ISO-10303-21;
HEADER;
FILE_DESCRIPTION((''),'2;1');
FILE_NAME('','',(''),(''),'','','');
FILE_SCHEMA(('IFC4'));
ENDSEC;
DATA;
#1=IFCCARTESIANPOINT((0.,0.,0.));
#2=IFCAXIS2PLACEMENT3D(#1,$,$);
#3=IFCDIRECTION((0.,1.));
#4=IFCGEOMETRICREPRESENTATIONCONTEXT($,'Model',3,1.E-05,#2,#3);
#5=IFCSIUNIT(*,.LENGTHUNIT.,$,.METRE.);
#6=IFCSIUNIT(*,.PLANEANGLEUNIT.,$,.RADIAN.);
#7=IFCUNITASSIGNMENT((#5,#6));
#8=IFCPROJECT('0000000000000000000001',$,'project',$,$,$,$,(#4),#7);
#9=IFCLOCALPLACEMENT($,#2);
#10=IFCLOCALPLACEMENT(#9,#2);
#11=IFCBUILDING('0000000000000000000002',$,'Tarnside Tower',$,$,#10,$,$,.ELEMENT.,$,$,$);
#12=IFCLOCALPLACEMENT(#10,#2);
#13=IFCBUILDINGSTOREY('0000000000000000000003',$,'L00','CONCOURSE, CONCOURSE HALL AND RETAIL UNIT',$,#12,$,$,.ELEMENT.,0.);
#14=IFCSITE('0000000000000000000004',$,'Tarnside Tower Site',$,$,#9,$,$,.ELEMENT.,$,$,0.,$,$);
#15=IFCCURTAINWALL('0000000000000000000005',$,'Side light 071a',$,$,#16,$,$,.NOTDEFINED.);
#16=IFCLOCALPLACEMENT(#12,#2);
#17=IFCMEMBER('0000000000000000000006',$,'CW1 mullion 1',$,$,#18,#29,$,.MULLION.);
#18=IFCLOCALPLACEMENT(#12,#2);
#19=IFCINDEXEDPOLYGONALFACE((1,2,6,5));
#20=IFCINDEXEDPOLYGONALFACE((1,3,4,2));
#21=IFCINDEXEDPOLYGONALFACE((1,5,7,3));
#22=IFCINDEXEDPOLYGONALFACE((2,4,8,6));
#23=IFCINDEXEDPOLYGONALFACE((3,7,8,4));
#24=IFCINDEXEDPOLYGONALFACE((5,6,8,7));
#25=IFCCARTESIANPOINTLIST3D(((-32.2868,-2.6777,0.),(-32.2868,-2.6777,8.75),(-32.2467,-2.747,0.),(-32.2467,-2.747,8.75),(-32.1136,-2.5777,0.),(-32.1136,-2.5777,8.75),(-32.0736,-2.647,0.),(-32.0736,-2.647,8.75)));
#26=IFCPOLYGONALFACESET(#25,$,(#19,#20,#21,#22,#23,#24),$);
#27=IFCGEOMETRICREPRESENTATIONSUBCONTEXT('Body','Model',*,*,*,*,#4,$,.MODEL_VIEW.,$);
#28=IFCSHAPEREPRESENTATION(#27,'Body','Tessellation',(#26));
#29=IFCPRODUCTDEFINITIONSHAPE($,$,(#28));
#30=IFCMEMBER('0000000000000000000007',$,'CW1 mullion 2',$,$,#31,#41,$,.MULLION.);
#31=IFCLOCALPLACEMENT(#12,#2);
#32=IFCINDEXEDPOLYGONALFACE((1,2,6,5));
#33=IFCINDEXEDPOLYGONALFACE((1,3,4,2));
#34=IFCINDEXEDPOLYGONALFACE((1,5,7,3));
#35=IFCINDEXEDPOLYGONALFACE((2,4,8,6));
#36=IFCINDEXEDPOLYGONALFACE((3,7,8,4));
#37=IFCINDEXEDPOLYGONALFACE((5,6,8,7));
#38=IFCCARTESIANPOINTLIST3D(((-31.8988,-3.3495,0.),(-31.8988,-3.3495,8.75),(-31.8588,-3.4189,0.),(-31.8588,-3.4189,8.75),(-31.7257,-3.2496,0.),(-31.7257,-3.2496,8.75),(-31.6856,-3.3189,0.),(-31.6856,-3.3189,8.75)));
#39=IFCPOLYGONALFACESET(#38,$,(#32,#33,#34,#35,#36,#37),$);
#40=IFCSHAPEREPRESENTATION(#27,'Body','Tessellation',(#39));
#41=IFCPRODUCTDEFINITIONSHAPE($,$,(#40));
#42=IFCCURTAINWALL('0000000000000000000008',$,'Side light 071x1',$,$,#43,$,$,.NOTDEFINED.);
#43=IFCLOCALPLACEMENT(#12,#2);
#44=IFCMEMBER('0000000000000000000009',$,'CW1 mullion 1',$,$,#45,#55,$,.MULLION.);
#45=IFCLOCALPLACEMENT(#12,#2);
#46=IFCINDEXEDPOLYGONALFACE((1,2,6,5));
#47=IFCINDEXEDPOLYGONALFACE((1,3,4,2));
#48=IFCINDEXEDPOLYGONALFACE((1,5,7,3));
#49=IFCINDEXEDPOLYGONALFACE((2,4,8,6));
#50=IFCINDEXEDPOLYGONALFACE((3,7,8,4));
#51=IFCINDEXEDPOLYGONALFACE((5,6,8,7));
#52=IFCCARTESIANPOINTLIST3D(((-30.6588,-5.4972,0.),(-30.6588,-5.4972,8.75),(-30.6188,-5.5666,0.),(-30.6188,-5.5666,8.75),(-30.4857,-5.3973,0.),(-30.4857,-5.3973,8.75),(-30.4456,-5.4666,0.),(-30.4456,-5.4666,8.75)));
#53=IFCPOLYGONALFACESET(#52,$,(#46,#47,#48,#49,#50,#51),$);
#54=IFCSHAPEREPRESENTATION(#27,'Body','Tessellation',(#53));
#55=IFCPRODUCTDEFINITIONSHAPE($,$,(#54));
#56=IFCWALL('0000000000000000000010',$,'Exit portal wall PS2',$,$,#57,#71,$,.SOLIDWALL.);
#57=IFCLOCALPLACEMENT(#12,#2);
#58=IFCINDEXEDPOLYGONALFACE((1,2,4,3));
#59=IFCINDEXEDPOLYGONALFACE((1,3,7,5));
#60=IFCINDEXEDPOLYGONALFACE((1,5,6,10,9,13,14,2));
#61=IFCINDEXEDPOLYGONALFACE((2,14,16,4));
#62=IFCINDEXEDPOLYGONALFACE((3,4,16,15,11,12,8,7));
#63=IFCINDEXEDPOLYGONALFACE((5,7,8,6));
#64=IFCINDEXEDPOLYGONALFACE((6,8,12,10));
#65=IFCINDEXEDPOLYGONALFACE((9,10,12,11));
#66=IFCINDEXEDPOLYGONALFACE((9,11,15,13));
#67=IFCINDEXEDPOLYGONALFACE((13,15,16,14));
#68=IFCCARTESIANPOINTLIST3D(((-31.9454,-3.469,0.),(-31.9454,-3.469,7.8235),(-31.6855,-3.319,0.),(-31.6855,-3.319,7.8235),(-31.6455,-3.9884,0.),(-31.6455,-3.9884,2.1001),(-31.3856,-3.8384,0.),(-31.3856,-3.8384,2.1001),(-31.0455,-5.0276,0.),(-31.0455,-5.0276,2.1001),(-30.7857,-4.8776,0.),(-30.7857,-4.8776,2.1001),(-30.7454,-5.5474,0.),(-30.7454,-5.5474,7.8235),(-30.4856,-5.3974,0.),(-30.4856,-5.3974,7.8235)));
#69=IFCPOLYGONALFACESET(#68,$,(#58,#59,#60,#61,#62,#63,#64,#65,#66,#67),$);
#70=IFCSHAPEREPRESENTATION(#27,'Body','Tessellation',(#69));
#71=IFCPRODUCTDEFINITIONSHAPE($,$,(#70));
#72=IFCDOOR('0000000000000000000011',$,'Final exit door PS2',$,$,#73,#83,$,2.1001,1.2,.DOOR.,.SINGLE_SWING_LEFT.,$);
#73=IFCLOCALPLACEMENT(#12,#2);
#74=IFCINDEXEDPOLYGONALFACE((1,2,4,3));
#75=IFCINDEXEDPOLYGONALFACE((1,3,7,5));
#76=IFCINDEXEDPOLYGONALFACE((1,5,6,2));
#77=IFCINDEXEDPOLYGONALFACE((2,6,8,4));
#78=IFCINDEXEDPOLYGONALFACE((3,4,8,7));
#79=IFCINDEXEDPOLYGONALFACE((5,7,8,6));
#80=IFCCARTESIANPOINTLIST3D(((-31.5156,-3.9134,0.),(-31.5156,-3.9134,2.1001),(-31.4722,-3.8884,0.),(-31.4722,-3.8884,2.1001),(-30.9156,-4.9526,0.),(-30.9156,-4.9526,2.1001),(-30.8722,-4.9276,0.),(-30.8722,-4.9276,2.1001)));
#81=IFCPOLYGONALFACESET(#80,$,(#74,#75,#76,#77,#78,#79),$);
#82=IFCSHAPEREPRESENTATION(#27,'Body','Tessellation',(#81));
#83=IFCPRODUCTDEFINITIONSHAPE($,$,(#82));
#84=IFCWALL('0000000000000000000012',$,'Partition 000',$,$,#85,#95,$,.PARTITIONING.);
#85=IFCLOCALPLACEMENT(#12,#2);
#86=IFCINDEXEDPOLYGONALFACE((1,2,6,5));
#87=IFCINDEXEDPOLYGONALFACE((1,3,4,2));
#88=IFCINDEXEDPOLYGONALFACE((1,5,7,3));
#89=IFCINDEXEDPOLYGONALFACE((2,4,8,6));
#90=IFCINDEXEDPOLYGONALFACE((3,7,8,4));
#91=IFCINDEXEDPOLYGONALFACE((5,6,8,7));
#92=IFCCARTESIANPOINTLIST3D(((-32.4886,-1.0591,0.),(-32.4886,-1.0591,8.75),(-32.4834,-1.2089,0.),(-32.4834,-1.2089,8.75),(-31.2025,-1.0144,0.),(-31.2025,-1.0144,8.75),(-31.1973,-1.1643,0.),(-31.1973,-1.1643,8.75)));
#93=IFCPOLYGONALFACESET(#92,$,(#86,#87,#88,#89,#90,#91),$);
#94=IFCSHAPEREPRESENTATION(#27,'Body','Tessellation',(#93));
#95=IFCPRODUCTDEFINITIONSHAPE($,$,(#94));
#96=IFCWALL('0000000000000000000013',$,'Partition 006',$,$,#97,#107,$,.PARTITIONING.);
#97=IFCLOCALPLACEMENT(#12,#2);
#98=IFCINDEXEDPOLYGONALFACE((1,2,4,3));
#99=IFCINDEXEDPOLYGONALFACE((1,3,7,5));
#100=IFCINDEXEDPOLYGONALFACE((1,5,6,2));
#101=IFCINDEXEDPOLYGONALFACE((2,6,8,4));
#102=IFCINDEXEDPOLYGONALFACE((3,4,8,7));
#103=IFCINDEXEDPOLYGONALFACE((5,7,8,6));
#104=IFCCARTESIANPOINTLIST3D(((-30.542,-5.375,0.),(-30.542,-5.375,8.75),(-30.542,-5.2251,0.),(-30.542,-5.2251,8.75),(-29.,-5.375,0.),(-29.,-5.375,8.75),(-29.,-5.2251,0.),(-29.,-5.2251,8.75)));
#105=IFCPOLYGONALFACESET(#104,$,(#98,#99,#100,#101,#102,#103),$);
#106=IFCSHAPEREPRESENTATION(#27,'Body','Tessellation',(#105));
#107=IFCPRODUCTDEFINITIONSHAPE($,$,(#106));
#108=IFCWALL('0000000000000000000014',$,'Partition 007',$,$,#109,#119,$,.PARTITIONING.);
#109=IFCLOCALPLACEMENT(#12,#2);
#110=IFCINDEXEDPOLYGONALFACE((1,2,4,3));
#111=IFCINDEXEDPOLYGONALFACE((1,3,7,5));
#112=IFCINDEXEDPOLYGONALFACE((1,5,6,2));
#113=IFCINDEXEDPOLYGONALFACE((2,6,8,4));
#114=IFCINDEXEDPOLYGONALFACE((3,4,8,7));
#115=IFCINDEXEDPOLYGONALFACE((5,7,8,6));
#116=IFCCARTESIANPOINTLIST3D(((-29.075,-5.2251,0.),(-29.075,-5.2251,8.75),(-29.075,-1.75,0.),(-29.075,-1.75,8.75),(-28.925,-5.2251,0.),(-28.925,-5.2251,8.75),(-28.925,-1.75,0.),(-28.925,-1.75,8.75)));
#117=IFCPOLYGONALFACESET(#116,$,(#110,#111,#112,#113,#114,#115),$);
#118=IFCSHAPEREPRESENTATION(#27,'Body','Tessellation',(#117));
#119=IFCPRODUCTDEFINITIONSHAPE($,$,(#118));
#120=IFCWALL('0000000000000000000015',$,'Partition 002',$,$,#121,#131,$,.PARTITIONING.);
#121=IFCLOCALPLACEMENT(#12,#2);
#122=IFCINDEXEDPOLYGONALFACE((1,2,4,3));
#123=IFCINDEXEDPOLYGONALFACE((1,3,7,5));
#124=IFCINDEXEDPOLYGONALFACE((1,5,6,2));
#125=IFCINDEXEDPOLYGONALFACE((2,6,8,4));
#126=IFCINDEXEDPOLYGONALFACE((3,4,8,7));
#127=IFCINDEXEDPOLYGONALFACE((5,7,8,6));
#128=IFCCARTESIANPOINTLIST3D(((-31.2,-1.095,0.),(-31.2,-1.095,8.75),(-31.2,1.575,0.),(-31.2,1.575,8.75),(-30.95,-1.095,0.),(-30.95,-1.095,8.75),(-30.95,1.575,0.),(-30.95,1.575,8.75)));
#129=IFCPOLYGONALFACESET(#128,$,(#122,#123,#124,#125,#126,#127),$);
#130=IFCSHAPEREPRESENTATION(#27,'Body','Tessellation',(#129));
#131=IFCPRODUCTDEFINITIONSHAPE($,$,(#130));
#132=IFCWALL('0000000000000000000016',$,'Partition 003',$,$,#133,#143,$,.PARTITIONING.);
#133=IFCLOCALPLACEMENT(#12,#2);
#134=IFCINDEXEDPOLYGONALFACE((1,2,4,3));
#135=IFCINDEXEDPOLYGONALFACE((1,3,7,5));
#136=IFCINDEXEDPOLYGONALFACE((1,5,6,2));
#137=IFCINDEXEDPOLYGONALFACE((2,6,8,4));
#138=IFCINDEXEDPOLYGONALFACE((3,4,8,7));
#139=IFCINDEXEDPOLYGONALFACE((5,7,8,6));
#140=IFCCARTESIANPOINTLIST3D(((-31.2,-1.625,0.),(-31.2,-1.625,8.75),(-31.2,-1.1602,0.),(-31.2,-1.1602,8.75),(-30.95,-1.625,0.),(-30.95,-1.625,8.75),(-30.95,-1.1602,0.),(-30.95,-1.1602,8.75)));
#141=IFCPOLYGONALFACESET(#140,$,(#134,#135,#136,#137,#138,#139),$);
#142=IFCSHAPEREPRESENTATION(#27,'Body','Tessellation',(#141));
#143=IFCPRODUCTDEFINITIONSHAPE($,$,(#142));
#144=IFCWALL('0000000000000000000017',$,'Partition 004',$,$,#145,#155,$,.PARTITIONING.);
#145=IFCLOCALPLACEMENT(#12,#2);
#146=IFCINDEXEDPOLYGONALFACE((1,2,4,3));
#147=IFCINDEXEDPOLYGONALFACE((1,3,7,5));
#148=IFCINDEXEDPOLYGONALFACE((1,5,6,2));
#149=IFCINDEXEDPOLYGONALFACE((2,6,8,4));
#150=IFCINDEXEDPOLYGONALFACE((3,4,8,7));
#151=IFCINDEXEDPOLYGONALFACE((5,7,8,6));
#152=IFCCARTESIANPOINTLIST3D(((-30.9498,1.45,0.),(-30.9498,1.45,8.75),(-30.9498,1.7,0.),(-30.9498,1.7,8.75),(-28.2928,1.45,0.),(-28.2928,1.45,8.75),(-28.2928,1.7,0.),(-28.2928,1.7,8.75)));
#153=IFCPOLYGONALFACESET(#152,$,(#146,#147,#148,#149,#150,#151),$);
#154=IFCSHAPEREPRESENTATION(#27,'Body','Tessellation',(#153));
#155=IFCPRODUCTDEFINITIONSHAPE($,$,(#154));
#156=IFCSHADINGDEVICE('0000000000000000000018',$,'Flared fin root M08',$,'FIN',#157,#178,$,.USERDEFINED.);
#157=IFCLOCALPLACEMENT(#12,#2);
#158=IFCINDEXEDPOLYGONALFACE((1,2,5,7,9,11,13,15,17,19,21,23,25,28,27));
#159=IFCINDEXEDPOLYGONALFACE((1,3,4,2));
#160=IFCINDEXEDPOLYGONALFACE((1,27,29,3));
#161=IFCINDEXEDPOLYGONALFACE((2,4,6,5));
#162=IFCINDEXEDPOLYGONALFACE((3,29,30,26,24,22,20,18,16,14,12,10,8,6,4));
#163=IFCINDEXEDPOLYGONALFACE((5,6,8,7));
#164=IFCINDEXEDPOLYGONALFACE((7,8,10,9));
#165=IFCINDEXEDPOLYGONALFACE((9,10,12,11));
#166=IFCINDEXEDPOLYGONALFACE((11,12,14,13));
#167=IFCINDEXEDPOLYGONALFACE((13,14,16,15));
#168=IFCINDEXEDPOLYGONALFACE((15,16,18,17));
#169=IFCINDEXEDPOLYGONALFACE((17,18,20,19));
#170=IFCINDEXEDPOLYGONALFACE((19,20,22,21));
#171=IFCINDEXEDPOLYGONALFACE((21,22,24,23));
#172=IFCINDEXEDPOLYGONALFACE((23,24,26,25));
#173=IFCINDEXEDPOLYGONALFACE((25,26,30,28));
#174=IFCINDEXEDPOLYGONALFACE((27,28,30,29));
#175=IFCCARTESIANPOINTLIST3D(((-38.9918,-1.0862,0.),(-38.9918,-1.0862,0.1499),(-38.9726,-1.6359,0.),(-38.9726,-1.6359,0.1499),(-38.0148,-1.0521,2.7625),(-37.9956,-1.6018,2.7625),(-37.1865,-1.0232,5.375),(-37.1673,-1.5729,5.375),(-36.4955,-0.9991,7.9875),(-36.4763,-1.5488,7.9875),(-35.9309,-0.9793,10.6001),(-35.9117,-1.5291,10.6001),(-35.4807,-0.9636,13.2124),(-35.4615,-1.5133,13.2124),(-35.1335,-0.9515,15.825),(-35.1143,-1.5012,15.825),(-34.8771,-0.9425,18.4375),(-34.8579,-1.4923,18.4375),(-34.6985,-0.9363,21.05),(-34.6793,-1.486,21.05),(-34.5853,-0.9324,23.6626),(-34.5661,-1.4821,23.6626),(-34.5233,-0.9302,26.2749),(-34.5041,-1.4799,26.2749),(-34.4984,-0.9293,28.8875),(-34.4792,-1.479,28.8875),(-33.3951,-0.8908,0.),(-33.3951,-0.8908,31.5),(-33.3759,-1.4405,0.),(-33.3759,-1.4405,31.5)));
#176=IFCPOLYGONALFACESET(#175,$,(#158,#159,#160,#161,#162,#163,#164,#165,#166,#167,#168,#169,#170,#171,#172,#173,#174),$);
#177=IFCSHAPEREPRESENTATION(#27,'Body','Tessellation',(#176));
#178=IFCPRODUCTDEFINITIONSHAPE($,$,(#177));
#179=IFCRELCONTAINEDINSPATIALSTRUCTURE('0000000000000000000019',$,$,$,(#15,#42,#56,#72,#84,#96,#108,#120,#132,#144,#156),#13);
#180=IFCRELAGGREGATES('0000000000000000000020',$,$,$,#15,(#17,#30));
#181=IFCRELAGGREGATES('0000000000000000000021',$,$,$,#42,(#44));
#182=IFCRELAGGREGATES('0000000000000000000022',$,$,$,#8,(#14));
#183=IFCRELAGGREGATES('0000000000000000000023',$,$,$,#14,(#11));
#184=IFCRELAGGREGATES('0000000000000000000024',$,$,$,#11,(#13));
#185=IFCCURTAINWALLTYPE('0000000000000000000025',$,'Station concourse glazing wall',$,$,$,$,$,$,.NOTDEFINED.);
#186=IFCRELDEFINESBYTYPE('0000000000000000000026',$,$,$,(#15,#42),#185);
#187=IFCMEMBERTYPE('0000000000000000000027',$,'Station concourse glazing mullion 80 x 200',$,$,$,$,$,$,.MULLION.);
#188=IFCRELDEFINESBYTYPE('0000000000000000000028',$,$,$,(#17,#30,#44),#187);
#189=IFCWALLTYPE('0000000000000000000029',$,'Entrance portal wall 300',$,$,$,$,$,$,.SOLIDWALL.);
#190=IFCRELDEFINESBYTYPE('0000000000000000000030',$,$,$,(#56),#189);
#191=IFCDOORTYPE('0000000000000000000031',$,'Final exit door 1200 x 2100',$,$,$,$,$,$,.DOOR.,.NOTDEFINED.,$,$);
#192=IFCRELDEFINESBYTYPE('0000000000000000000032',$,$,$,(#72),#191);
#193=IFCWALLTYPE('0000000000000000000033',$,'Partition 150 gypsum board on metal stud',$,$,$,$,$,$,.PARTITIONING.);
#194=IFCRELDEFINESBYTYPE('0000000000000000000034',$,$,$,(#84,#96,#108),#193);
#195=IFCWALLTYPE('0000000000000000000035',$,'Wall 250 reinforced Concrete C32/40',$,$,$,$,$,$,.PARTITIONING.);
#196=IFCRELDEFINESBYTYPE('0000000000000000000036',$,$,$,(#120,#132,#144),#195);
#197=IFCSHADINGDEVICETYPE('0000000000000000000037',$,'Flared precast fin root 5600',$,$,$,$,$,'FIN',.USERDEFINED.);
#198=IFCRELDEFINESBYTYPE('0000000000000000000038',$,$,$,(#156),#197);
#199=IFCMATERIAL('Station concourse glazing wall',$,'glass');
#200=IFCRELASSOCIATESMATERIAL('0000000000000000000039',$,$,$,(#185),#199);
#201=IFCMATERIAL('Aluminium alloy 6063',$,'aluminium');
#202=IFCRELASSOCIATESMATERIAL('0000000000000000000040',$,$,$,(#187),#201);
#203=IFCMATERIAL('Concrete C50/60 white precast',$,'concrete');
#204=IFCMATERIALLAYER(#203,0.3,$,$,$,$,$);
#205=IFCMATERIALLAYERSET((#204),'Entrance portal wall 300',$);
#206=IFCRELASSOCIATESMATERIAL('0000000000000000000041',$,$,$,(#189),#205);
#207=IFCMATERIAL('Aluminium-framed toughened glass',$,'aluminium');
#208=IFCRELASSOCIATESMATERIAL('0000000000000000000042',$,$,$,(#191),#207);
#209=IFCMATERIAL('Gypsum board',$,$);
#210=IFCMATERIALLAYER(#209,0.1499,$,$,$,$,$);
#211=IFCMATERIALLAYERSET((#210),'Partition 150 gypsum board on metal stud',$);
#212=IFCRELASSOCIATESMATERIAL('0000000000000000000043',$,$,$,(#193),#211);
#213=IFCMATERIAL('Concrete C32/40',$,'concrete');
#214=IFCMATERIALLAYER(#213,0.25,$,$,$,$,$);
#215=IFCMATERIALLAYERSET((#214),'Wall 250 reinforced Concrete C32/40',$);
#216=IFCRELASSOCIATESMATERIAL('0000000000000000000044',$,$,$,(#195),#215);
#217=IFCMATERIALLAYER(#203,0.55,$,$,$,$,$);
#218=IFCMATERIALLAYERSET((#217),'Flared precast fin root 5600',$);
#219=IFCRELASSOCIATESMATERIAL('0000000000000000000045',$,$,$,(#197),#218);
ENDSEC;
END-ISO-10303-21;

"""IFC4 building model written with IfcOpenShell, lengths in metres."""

from ifc_helpers import new_model, si_unit, direction, frame, frame_2d, origin, origin_2d, place, context, subcontext, project, spatial, polyline, rectangle, outline, extrude, material, layer, layer_set, material_profile, profile_set, type_object, element, fill, aggregate, save


model = new_model("IFC4")

# Units and contexts
model_context = context("Model", 3, precision=1e-05, world=origin(), true_north=direction((0.0, 1.0)))
body_context = subcontext(model_context, "Body", "Model", "MODEL_VIEW")
ifc_project = project(units=[si_unit("LENGTHUNIT", "METRE"), si_unit("PLANEANGLEUNIT", "RADIAN")], contexts=[model_context])

# Site, building, storey
site_placement = place(None, origin())
site = spatial("IfcSite", under=ifc_project, at=site_placement, Name="Tarnside Tower Site", CompositionType="ELEMENT", RefElevation=0.0)
building_placement = place(site_placement, origin())
building = spatial("IfcBuilding", under=site, at=building_placement, Name="Tarnside Tower", CompositionType="ELEMENT")
storey_placement = place(building_placement, origin())
storey = spatial("IfcBuildingStorey", under=building, at=storey_placement, Name="L00", Description="CONCOURSE, CONCOURSE HALL AND RETAIL UNIT", CompositionType="ELEMENT", Elevation=0.0)

# Shared definitions
ifc_material_1 = material(Name="Station concourse glazing wall", Category="glass")
curtain_wall_type = type_object("IfcCurtainWallType", Name="Station concourse glazing wall", PredefinedType="NOTDEFINED", material=ifc_material_1)
ifc_material_2 = material(Name="Aluminium alloy 6063", Category="aluminium")
ifc_material_profile_1 = material_profile(ifc_material_2, rectangle(XDim=0.2, YDim=0.0801, at=origin_2d()), Name="Station concourse glazing mullion 80 x 200")
ifc_profile_set_1 = profile_set([ifc_material_profile_1], Name="Aluminium alloy 6063")
member_type = type_object("IfcMemberType", Name="Station concourse glazing mullion 80 x 200", PredefinedType="MULLION", material=ifc_profile_set_1)

# Curtain wall, members
curtain_wall_1_placement = place(storey_placement, origin())
curtain_wall_1 = element("IfcCurtainWall", 1, at=curtain_wall_1_placement, inside=storey, type_object=curtain_wall_type, Name="Side light 071a", PredefinedType="NOTDEFINED")
member_1_placement = place(storey_placement, frame((-32.1802, -2.6624, 0.0), z_axis=(0.0, 0.0, 1.0), x_axis=(0.866025, 0.5, 0.0)))
member_1 = element("IfcMember", 2, at=member_1_placement, type_object=member_type, Name="CW1 mullion 1", PredefinedType="MULLION", context=body_context, shape_type="SweptSolid", body=[
    extrude(rectangle(XDim=0.2, YDim=0.0801, at=origin_2d()), origin(), (0.0, 0.0, 1.0), 8.75),
])
member_2_placement = place(storey_placement, frame((-31.7922, -3.3342, 0.0), z_axis=(0.0, 0.0, 1.0), x_axis=(0.866025, 0.5, 0.0)))
member_2 = element("IfcMember", 3, at=member_2_placement, type_object=member_type, Name="CW1 mullion 2", PredefinedType="MULLION", context=body_context, shape_type="SweptSolid", body=[
    extrude(rectangle(XDim=0.2, YDim=0.0801, at=origin_2d()), origin(), (0.0, 0.0, 1.0), 8.75),
])
aggregate(curtain_wall_1, [member_1, member_2])

# Curtain wall, member
curtain_wall_2_placement = place(storey_placement, origin())
curtain_wall_2 = element("IfcCurtainWall", 4, at=curtain_wall_2_placement, inside=storey, type_object=curtain_wall_type, Name="Side light 071x1", PredefinedType="NOTDEFINED")
member_3_placement = place(storey_placement, frame((-30.5522, -5.4819, 0.0), z_axis=(0.0, 0.0, 1.0), x_axis=(0.866025, 0.5, 0.0)))
member_3 = element("IfcMember", 5, at=member_3_placement, type_object=member_type, Name="CW1 mullion 1", PredefinedType="MULLION", context=body_context, shape_type="SweptSolid", body=[
    extrude(rectangle(XDim=0.2, YDim=0.0801, at=origin_2d()), origin(), (0.0, 0.0, 1.0), 8.75),
])
aggregate(curtain_wall_2, [member_3])

# Wall, opening, door
ifc_material_3 = material(Name="Concrete C50/60 white precast", Category="concrete")
ifc_layer_1 = layer(ifc_material_3, 0.3)
ifc_layer_set_1 = layer_set([ifc_layer_1], Name="Entrance portal wall 300")
wall_type_1 = type_object("IfcWallType", Name="Entrance portal wall 300", PredefinedType="SOLIDWALL", material=ifc_layer_set_1)
wall_1_placement = place(storey_placement, frame((-30.6155, -5.4724, 0.0), z_axis=(0.0, 0.0, 1.0), x_axis=(-0.500001, 0.866025, 0.0)))
wall_1 = element("IfcWall", 6, at=wall_1_placement, inside=storey, type_object=wall_type_1, Name="Exit portal wall PS2", PredefinedType="SOLIDWALL", context=body_context, shape_type="SweptSolid", body=[
    extrude(rectangle(XDim=2.3999, YDim=0.3, at=frame_2d((1.2, 0.0))), origin(), (0.0, 0.0, 1.0), 7.8235),
])
opening_placement = place(wall_1_placement, frame((0.6001, 0.0, 0.0)))
opening = element("IfcOpeningElement", 7, at=opening_placement, cuts=wall_1, PredefinedType="OPENING", context=body_context, shape_type="SweptSolid", body=[
    extrude(rectangle(XDim=1.2, YDim=2.1001, at=frame_2d((0.6001, 1.05))), frame((0.0, 0.1602, 0.0), z_axis=(0.0, -1.0, 0.0), x_axis=(1.0, 0.0, 0.0)), (0.0, 0.0, 1.0), 0.3201),
])
ifc_material_4 = material(Name="Aluminium-framed toughened glass", Category="aluminium")
door_type = type_object("IfcDoorType", Name="Final exit door 1200 x 2100", OperationType="NOTDEFINED", PredefinedType="DOOR", material=ifc_material_4)
door_placement = place(opening_placement, frame((0.0, -0.0249, 0.0)))
door = element("IfcDoor", 8, at=door_placement, inside=storey, type_object=door_type, Name="Final exit door PS2", OperationType="SINGLE_SWING_LEFT", OverallHeight=2.1001, OverallWidth=1.2, PredefinedType="DOOR", context=body_context, shape_type="SweptSolid", body=[
    extrude(rectangle(XDim=1.2, YDim=2.1001, at=frame_2d((0.6001, 1.05))), frame((0.0, 0.0249, 0.0), z_axis=(0.0, -1.0, 0.0), x_axis=(1.0, 0.0, 0.0)), (0.0, 0.0, 1.0), 0.05),
])
fill(opening, door)

# Walls
ifc_material_5 = material(Name="Gypsum board")
ifc_layer_2 = layer(ifc_material_5, 0.1499)
ifc_layer_set_2 = layer_set([ifc_layer_2], Name="Partition 150 gypsum board on metal stud")
wall_type_2 = type_object("IfcWallType", Name="Partition 150 gypsum board on metal stud", PredefinedType="PARTITIONING", material=ifc_layer_set_2)
wall_2_placement = place(storey_placement, frame((-32.4861, -1.134, 0.0), z_axis=(0.0, 0.0, 1.0), x_axis=(0.999397, 0.034717, 0.0)))
element("IfcWall", 9, at=wall_2_placement, inside=storey, type_object=wall_type_2, Name="Partition 000", PredefinedType="PARTITIONING", context=body_context, shape_type="SweptSolid", body=[
    extrude(rectangle(XDim=1.2869, YDim=0.1499, at=frame_2d((0.6436, 0.0))), origin(), (0.0, 0.0, 1.0), 8.75),
])
wall_3_placement = place(storey_placement, frame((-29.0, -5.3, 0.0), z_axis=(0.0, 0.0, 1.0), x_axis=(-1.0, 0.0, 0.0)))
element("IfcWall", 10, at=wall_3_placement, inside=storey, type_object=wall_type_2, Name="Partition 006", PredefinedType="PARTITIONING", context=body_context, shape_type="SweptSolid", body=[
    extrude(rectangle(XDim=1.542, YDim=0.1499, at=frame_2d((0.771, 0.0))), origin(), (0.0, 0.0, 1.0), 8.75),
])
wall_4_placement = place(storey_placement, frame((-29.0, -1.75, 0.0), z_axis=(0.0, 0.0, 1.0), x_axis=(0.0, -1.0, 0.0)))
element("IfcWall", 11, at=wall_4_placement, inside=storey, type_object=wall_type_2, Name="Partition 007", PredefinedType="PARTITIONING", context=body_context, shape_type="SweptSolid", body=[
    extrude(rectangle(XDim=3.4751, YDim=0.1499, at=frame_2d((1.7375, 0.0))), origin(), (0.0, 0.0, 1.0), 8.75),
])
ifc_material_6 = material(Name="Concrete C32/40", Category="concrete")
ifc_layer_3 = layer(ifc_material_6, 0.25)
ifc_layer_set_3 = layer_set([ifc_layer_3], Name="Wall 250 reinforced Concrete C32/40")
wall_type_3 = type_object("IfcWallType", Name="Wall 250 reinforced Concrete C32/40", PredefinedType="PARTITIONING", material=ifc_layer_set_3)
wall_5_placement = place(storey_placement, frame((-31.075, -1.095, 0.0), z_axis=(0.0, 0.0, 1.0), x_axis=(0.0, 1.0, 0.0)))
element("IfcWall", 12, at=wall_5_placement, inside=storey, type_object=wall_type_3, Name="Partition 002", PredefinedType="PARTITIONING", context=body_context, shape_type="SweptSolid", body=[
    extrude(rectangle(XDim=2.6699, YDim=0.25, at=frame_2d((1.335, 0.0))), origin(), (0.0, 0.0, 1.0), 8.75),
])
wall_6_placement = place(storey_placement, frame((-31.075, -1.1602, 0.0), z_axis=(0.0, 0.0, 1.0), x_axis=(0.0, -1.0, 0.0)))
element("IfcWall", 13, at=wall_6_placement, inside=storey, type_object=wall_type_3, Name="Partition 003", PredefinedType="PARTITIONING", context=body_context, shape_type="SweptSolid", body=[
    extrude(rectangle(XDim=0.4648, YDim=0.25, at=frame_2d((0.2324, 0.0))), origin(), (0.0, 0.0, 1.0), 8.75),
])
wall_7_placement = place(storey_placement, frame((-30.95, 1.575, 0.0), z_axis=(0.0, 0.0, 1.0), x_axis=(1.0, 0.0, 0.0)))
element("IfcWall", 14, at=wall_7_placement, inside=storey, type_object=wall_type_3, Name="Partition 004", PredefinedType="PARTITIONING", context=body_context, shape_type="SweptSolid", body=[
    extrude(rectangle(XDim=2.657, YDim=0.25, at=frame_2d((1.3286, 0.0))), origin(), (0.0, 0.0, 1.0), 8.75),
])

# Shading device
ifc_layer_4 = layer(ifc_material_3, 0.55)
ifc_layer_set_4 = layer_set([ifc_layer_4], Name="Flared precast fin root 5600")
shading_device_type = type_object("IfcShadingDeviceType", Name="Flared precast fin root 5600", ElementType="FIN", PredefinedType="USERDEFINED", material=ifc_layer_set_4)
shading_device_placement = place(storey_placement, frame((-33.3855, -1.1658, 0.0), z_axis=(-0.034899, 0.999391, 0.0), x_axis=(-0.999391, -0.034899, 0.0)))
element("IfcShadingDevice", 15, at=shading_device_placement, inside=storey, type_object=shading_device_type, Name="Flared fin root M08", ObjectType="FIN", PredefinedType="USERDEFINED", context=body_context, shape_type="SweptSolid", body=[
    extrude(outline(polyline([(0.0, 0.0), (5.6001, 0.0), (5.6001, 0.1499), (4.6226, 2.7625), (3.7937, 5.375), (3.1023, 7.9875), (2.5374, 10.6001), (2.0869, 13.2124), (1.7395, 15.825), (1.4829, 18.4375), (1.3042, 21.05), (1.1909, 23.6626), (1.1289, 26.2749), (1.104, 28.8875), (0.0, 31.5), (0.0, 0.0)])), frame((0.0, 0.0, -0.2749)), (0.0, 0.0, 1.0), 0.55),
])

save(model, "model.ifc")
